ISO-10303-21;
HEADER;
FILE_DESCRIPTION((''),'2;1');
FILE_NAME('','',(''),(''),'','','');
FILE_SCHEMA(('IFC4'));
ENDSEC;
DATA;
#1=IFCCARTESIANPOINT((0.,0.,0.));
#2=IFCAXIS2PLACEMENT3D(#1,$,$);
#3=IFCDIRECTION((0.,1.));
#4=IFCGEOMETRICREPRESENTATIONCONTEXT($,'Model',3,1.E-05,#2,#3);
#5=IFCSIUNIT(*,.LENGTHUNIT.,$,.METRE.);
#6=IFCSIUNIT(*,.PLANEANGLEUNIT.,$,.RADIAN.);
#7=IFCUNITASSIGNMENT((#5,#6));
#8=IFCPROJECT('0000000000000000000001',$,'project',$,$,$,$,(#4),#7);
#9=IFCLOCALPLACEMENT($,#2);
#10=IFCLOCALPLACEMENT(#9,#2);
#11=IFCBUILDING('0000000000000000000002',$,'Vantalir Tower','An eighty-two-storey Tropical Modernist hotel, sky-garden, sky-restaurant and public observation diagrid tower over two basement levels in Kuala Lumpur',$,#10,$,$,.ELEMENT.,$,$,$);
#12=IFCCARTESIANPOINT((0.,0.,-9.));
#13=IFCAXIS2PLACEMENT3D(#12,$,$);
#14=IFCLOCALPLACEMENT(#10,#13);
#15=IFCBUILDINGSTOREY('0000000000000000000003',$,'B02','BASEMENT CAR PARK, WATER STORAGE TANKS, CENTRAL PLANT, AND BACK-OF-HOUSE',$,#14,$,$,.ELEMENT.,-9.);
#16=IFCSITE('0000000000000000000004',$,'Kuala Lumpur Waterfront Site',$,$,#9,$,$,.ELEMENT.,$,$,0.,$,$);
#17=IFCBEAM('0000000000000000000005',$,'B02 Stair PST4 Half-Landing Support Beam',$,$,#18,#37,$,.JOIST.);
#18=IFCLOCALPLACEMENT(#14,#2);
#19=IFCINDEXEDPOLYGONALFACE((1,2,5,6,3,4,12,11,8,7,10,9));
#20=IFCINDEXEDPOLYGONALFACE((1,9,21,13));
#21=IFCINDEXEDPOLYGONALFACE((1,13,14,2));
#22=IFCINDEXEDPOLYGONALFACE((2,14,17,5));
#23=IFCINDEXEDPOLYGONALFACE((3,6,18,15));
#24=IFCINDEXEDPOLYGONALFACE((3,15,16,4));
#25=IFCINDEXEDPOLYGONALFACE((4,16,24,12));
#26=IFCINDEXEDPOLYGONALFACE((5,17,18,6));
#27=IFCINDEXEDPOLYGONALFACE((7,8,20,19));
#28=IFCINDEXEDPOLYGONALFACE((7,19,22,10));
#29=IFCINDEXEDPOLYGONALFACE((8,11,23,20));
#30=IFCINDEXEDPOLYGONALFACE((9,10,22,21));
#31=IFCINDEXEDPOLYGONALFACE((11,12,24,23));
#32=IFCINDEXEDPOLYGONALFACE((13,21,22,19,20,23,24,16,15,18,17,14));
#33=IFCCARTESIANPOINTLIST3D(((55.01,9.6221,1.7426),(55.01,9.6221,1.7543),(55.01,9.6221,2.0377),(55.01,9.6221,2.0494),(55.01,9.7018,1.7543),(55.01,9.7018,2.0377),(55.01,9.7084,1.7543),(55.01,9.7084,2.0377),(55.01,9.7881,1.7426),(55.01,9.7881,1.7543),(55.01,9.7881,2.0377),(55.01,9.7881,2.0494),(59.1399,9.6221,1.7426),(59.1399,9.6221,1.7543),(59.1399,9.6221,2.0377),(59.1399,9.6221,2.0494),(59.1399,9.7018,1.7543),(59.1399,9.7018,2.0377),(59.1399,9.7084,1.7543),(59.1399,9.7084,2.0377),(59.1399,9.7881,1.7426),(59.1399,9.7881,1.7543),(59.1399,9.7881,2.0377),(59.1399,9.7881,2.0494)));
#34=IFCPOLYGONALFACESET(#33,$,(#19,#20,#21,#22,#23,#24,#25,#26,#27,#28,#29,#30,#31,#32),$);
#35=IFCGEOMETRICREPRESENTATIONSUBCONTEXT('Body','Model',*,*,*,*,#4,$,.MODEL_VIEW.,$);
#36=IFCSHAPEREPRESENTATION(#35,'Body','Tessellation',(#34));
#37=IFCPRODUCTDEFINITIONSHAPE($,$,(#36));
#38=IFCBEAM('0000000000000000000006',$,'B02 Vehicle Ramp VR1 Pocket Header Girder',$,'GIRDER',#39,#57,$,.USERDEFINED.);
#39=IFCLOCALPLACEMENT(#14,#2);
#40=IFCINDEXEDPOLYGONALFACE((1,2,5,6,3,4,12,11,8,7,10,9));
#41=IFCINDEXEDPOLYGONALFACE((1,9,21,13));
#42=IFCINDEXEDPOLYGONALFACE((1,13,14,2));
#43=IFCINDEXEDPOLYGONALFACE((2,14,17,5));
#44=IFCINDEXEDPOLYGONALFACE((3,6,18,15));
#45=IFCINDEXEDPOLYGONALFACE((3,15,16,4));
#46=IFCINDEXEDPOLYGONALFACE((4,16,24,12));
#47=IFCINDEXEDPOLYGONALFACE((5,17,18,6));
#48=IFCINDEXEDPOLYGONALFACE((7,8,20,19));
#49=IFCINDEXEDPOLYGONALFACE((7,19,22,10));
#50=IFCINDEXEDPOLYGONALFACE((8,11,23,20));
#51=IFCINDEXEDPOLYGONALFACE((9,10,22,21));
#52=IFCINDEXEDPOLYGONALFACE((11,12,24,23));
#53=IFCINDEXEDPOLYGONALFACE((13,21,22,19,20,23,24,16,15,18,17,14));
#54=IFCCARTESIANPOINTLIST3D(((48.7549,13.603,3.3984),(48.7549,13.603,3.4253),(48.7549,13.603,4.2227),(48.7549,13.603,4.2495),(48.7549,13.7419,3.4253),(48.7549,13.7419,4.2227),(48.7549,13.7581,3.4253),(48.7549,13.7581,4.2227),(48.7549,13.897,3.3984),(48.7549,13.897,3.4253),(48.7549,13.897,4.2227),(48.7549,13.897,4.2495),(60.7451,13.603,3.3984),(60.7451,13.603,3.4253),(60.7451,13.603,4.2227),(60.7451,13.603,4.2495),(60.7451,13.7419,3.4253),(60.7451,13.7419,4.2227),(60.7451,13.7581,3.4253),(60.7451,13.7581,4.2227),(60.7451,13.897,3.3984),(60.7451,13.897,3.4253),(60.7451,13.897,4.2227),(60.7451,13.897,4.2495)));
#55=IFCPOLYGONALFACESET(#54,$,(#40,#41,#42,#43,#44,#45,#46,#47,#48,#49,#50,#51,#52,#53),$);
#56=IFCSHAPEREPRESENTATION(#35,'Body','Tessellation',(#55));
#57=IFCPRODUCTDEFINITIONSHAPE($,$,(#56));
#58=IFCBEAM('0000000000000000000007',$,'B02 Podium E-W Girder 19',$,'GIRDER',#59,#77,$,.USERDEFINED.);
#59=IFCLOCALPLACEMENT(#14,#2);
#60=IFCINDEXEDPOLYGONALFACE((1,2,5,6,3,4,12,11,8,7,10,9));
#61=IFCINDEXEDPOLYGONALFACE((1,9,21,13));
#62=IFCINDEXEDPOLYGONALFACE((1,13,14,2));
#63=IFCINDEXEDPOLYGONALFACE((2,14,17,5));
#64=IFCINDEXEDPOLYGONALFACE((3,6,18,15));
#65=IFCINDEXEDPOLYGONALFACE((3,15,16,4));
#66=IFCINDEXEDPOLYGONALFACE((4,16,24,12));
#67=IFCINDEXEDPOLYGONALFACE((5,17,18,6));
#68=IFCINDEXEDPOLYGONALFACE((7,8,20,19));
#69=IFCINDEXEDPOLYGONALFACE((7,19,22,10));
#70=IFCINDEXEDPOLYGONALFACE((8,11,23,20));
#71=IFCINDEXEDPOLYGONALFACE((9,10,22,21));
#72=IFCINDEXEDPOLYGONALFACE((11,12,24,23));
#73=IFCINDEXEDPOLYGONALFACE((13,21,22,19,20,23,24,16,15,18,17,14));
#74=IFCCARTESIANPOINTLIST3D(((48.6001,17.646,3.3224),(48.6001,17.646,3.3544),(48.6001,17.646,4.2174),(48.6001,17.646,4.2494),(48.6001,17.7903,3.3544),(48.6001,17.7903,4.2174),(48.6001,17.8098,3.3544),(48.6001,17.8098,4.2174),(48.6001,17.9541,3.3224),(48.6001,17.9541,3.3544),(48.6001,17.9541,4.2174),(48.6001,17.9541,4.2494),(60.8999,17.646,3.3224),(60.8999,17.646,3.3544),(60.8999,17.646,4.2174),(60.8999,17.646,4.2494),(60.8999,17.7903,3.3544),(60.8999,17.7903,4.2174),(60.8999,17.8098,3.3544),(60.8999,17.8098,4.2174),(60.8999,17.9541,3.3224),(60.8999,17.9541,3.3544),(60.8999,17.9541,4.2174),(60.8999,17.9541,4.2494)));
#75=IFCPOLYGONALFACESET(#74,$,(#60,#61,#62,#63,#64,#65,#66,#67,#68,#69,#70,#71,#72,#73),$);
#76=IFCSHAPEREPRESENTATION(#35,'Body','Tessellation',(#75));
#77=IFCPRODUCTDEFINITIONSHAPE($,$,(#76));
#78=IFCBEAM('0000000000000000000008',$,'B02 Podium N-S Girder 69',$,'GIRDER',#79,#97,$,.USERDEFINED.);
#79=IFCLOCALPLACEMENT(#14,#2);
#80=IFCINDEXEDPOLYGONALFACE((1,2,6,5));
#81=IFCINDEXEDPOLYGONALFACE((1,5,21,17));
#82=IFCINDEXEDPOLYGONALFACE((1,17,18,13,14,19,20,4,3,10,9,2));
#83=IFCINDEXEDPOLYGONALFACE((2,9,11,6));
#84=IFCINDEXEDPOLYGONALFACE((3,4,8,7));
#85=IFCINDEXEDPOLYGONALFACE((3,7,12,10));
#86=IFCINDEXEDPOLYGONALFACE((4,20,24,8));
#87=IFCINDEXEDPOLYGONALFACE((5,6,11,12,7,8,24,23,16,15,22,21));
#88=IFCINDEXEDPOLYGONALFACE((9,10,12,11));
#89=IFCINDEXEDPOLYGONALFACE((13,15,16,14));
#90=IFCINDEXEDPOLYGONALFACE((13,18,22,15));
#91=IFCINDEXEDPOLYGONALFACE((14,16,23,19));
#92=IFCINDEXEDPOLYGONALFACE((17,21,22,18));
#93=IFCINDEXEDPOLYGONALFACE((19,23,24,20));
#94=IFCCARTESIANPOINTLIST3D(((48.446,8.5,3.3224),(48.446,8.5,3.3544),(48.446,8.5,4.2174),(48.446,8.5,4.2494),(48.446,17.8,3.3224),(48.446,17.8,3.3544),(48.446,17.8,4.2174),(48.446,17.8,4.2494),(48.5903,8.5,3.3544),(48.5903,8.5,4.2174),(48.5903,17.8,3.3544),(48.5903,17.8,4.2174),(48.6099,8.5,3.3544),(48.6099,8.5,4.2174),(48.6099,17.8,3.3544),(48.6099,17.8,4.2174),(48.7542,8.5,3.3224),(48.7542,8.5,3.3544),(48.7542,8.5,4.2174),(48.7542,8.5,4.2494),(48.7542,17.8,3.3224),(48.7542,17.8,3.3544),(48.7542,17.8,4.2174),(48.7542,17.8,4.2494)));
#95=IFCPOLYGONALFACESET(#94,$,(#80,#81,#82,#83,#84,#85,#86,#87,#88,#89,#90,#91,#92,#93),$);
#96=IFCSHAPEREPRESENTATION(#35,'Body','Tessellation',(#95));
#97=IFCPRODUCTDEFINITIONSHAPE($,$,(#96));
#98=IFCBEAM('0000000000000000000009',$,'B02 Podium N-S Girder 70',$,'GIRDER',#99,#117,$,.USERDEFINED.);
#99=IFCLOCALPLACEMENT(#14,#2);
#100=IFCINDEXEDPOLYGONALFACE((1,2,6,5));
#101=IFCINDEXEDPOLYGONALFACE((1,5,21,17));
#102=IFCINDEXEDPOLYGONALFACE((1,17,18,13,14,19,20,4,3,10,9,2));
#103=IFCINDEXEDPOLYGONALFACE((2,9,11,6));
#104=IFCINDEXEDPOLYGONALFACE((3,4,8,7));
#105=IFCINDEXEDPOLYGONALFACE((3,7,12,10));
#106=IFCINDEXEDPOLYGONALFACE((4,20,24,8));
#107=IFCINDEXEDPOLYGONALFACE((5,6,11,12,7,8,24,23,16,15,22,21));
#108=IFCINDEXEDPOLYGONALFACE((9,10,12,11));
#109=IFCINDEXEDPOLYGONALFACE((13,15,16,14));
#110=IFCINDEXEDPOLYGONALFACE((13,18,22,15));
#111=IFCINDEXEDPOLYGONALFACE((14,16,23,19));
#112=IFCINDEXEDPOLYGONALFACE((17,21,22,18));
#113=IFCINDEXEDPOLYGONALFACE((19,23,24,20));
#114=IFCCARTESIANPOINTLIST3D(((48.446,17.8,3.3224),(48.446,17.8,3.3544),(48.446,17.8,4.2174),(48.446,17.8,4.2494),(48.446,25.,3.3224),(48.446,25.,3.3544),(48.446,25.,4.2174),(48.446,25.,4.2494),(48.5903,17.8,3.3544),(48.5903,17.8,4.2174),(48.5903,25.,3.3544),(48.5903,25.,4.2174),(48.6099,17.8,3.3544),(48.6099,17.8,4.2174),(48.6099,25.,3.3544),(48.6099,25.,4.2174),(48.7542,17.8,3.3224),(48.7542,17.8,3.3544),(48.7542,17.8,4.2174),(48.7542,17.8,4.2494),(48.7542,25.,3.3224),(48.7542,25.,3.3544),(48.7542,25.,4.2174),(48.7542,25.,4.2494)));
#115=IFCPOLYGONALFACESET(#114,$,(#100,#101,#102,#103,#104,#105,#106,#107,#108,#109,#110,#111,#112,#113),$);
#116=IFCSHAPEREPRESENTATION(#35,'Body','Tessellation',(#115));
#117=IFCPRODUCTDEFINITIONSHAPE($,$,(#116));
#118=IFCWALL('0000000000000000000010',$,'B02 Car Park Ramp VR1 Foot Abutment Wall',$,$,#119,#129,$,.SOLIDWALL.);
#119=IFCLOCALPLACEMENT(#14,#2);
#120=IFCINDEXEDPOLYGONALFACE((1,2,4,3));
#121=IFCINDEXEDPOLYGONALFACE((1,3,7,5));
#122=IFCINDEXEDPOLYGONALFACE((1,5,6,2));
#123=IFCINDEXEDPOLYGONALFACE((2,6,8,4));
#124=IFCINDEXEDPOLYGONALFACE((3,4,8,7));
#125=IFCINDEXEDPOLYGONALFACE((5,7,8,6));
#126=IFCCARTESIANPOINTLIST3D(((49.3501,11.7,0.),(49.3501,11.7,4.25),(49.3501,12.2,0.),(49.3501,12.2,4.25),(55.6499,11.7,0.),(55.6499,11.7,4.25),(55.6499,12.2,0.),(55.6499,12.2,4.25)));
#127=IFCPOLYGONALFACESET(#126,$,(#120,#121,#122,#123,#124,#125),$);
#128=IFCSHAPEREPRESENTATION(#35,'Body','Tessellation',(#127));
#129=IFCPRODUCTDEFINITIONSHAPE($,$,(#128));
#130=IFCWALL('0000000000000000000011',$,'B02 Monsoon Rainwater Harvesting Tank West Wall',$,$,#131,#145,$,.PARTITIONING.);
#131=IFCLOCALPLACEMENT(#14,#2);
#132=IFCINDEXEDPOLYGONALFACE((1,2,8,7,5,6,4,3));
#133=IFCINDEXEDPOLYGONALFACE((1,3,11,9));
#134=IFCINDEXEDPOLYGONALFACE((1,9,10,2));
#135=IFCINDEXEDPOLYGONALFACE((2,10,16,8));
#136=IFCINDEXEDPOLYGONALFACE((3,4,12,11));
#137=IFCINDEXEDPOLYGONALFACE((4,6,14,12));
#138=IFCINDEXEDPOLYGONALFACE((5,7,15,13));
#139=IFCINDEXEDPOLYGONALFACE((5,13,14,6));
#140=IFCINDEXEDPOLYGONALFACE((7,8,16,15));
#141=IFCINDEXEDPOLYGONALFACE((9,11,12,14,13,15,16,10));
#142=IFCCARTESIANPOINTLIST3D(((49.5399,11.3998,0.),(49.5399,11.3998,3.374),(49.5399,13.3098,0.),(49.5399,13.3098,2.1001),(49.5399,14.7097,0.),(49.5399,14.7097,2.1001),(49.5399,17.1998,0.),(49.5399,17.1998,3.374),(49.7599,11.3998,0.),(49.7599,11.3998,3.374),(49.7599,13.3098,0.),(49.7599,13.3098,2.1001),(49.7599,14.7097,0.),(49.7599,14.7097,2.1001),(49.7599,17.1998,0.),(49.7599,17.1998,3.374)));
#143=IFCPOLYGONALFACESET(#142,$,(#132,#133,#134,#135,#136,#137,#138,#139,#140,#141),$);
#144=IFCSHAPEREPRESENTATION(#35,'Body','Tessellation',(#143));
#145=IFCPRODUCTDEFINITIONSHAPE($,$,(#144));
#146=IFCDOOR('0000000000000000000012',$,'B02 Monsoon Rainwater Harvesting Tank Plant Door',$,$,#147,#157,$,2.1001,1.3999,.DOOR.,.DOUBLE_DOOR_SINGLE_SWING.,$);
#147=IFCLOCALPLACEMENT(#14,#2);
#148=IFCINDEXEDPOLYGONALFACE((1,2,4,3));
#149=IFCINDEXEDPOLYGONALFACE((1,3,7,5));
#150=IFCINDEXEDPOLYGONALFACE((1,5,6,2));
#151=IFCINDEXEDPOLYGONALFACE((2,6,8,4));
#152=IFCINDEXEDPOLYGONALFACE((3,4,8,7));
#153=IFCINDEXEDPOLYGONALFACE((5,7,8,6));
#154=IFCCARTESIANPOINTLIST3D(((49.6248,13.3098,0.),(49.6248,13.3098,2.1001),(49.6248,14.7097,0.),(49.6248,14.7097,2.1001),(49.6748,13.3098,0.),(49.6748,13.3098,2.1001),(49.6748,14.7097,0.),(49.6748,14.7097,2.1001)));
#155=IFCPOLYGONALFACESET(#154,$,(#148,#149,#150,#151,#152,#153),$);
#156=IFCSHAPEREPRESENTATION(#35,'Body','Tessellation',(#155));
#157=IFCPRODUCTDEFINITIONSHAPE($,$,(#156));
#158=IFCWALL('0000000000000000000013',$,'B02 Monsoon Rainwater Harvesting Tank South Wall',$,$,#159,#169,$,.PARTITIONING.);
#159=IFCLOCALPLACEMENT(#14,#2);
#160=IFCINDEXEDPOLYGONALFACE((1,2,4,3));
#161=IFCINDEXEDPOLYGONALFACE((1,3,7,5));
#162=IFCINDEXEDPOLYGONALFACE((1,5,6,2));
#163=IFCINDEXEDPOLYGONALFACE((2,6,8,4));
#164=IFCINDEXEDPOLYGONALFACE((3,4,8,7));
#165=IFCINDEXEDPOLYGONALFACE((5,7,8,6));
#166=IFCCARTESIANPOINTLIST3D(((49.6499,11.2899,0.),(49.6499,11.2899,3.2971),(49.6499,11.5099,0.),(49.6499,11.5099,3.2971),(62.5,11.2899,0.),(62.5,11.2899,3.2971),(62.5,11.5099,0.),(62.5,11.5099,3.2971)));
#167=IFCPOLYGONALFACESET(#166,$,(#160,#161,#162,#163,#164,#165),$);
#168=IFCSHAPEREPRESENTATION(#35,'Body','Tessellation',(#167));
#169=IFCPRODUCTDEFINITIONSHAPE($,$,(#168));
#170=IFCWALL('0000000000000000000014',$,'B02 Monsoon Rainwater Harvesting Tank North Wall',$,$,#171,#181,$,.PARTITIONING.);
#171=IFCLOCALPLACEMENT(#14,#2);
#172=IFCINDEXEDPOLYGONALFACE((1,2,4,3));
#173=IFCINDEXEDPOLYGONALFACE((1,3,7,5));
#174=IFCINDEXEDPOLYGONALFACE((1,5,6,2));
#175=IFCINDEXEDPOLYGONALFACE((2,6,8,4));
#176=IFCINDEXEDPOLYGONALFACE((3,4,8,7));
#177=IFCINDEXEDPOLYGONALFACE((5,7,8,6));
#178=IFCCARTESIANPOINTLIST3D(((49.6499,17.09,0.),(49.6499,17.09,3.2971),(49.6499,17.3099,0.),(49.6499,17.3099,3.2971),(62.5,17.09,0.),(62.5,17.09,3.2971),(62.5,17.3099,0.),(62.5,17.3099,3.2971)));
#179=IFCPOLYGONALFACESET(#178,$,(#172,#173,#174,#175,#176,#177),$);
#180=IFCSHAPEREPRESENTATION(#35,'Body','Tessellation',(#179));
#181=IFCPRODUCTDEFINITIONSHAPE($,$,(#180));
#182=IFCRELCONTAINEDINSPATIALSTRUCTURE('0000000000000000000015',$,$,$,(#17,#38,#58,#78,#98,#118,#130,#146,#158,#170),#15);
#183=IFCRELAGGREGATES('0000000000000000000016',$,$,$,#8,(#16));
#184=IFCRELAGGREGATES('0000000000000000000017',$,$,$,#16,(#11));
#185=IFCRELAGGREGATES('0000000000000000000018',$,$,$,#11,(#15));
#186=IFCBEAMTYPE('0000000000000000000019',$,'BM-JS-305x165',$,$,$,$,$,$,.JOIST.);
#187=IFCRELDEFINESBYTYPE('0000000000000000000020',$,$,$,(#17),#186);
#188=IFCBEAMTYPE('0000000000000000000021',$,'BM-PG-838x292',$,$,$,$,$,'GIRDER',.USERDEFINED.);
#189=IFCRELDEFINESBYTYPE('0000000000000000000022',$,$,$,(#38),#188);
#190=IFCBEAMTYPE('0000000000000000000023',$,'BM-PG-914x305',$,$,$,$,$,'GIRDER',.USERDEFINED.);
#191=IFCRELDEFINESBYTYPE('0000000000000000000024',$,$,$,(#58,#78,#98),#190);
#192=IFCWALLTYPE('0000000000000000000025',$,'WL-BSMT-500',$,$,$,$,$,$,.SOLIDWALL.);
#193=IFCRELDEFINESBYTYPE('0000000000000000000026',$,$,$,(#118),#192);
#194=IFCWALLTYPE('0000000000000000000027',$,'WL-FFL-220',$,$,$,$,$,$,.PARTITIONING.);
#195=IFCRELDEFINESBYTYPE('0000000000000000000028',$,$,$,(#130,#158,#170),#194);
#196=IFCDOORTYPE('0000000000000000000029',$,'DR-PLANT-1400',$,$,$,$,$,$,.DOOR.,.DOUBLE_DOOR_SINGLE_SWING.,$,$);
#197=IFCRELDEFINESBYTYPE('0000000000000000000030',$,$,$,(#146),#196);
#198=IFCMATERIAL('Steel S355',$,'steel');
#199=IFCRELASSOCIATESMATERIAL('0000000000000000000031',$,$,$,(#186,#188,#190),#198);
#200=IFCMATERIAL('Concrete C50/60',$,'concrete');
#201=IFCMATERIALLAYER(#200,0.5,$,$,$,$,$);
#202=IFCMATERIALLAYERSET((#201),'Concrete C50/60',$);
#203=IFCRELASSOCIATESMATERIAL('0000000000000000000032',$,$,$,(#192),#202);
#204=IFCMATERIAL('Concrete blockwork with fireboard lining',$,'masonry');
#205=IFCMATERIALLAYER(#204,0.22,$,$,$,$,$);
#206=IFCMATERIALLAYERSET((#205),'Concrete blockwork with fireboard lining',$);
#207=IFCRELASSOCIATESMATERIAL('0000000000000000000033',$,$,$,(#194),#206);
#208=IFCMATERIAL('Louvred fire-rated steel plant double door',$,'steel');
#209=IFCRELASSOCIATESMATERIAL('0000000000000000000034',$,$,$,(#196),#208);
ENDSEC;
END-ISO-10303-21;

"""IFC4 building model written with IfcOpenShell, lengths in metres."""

from ifc_helpers import new_model, si_unit, direction, frame, frame_2d, origin, origin_2d, place, context, subcontext, project, spatial, rectangle, i_section, extrude, material, layer, layer_set, material_profile, profile_set, type_object, element, fill, save


model = new_model("IFC4")

# Units and contexts
model_context = context("Model", 3, precision=1e-05, world=origin(), true_north=direction((0.0, 1.0)))
body_context = subcontext(model_context, "Body", "Model", "MODEL_VIEW")
ifc_project = project(units=[si_unit("LENGTHUNIT", "METRE"), si_unit("PLANEANGLEUNIT", "RADIAN")], contexts=[model_context])

# Site, building, storey
site_placement = place(None, origin())
site = spatial("IfcSite", under=ifc_project, at=site_placement, Name="Kuala Lumpur Waterfront Site", CompositionType="ELEMENT", RefElevation=0.0)
building_placement = place(site_placement, origin())
building = spatial("IfcBuilding", under=site, at=building_placement, Name="Vantalir Tower", Description="An eighty-two-storey Tropical Modernist hotel, sky-garden, sky-restaurant and public observation diagrid tower over two basement levels in Kuala Lumpur", CompositionType="ELEMENT")
storey_placement = place(building_placement, frame((0.0, 0.0, -9.0)))
storey = spatial("IfcBuildingStorey", under=building, at=storey_placement, Name="B02", Description="BASEMENT CAR PARK, WATER STORAGE TANKS, CENTRAL PLANT, AND BACK-OF-HOUSE", CompositionType="ELEMENT", Elevation=-9.0)

# Shared definitions
ifc_material_1 = material(Name="Concrete C50/60", Category="concrete")

# Beams
ifc_material_2 = material(Name="Steel S355", Category="steel")
ifc_material_profile_1 = material_profile(ifc_material_2, i_section(OverallWidth=0.166, OverallDepth=0.3069, WebThickness=0.0066, FlangeThickness=0.0117, at=origin_2d()), Name="Steel S355")
ifc_profile_set_1 = profile_set([ifc_material_profile_1], Name="Steel S355")
beam_type_1 = type_object("IfcBeamType", Name="BM-JS-305x165", PredefinedType="JOIST", material=ifc_profile_set_1)
beam_1_placement = place(storey_placement, frame((55.01, 9.7051, 1.896), z_axis=(1.0, 0.0, 0.0), x_axis=(0.0, 1.0, 0.0)))
element("IfcBeam", 1, at=beam_1_placement, inside=storey, type_object=beam_type_1, Name="B02 Stair PST4 Half-Landing Support Beam", PredefinedType="JOIST", context=body_context, shape_type="SweptSolid", body=[
    extrude(i_section(OverallWidth=0.166, OverallDepth=0.3069, WebThickness=0.0066, FlangeThickness=0.0117, at=origin_2d()), origin(), (0.0, 0.0, 1.0), 4.1299),
])
ifc_material_profile_2 = material_profile(ifc_material_2, i_section(OverallWidth=0.2939, OverallDepth=0.8511, WebThickness=0.0161, FlangeThickness=0.0269, at=origin_2d()), Name="Steel S355")
ifc_profile_set_2 = profile_set([ifc_material_profile_2], Name="Steel S355")
beam_type_2 = type_object("IfcBeamType", Name="BM-PG-838x292", ElementType="GIRDER", PredefinedType="USERDEFINED", material=ifc_profile_set_2)
beam_2_placement = place(storey_placement, frame((48.7549, 13.75, 3.824), z_axis=(1.0, 0.0, 0.0), x_axis=(0.0, 1.0, 0.0)))
element("IfcBeam", 2, at=beam_2_placement, inside=storey, type_object=beam_type_2, Name="B02 Vehicle Ramp VR1 Pocket Header Girder", ObjectType="GIRDER", PredefinedType="USERDEFINED", context=body_context, shape_type="SweptSolid", body=[
    extrude(i_section(OverallWidth=0.2939, OverallDepth=0.8511, WebThickness=0.0161, FlangeThickness=0.0269, at=origin_2d()), origin(), (0.0, 0.0, 1.0), 11.9902),
])
ifc_material_profile_3 = material_profile(ifc_material_2, i_section(OverallWidth=0.3081, OverallDepth=0.927, WebThickness=0.0195, FlangeThickness=0.032, at=origin_2d()), Name="Steel S355")
ifc_profile_set_3 = profile_set([ifc_material_profile_3], Name="Steel S355")
beam_type_3 = type_object("IfcBeamType", Name="BM-PG-914x305", ElementType="GIRDER", PredefinedType="USERDEFINED", material=ifc_profile_set_3)
beam_3_placement = place(storey_placement, frame((48.6001, 17.8, 3.7859), z_axis=(1.0, 0.0, 0.0), x_axis=(0.0, 1.0, 0.0)))
element("IfcBeam", 3, at=beam_3_placement, inside=storey, type_object=beam_type_3, Name="B02 Podium E-W Girder 19", ObjectType="GIRDER", PredefinedType="USERDEFINED", context=body_context, shape_type="SweptSolid", body=[
    extrude(i_section(OverallWidth=0.3081, OverallDepth=0.927, WebThickness=0.0195, FlangeThickness=0.032, at=origin_2d()), origin(), (0.0, 0.0, 1.0), 12.2998),
])
beam_4_placement = place(storey_placement, frame((48.6001, 8.5, 3.7859), z_axis=(0.0, 1.0, 0.0), x_axis=(-1.0, 0.0, 0.0)))
element("IfcBeam", 4, at=beam_4_placement, inside=storey, type_object=beam_type_3, Name="B02 Podium N-S Girder 69", ObjectType="GIRDER", PredefinedType="USERDEFINED", context=body_context, shape_type="SweptSolid", body=[
    extrude(i_section(OverallWidth=0.3081, OverallDepth=0.927, WebThickness=0.0195, FlangeThickness=0.032, at=origin_2d()), origin(), (0.0, 0.0, 1.0), 9.3),
])
beam_5_placement = place(storey_placement, frame((48.6001, 17.8, 3.7859), z_axis=(0.0, 1.0, 0.0), x_axis=(-1.0, 0.0, 0.0)))
element("IfcBeam", 5, at=beam_5_placement, inside=storey, type_object=beam_type_3, Name="B02 Podium N-S Girder 70", ObjectType="GIRDER", PredefinedType="USERDEFINED", context=body_context, shape_type="SweptSolid", body=[
    extrude(i_section(OverallWidth=0.3081, OverallDepth=0.927, WebThickness=0.0195, FlangeThickness=0.032, at=origin_2d()), origin(), (0.0, 0.0, 1.0), 7.2),
])

# Wall
ifc_layer_1 = layer(ifc_material_1, 0.5)
ifc_layer_set_1 = layer_set([ifc_layer_1], Name="Concrete C50/60")
wall_type_1 = type_object("IfcWallType", Name="WL-BSMT-500", PredefinedType="SOLIDWALL", material=ifc_layer_set_1)
wall_1_placement = place(storey_placement, frame((49.3501, 11.95, 0.0), z_axis=(0.0, 0.0, 1.0), x_axis=(1.0, 0.0, 0.0)))
element("IfcWall", 6, at=wall_1_placement, inside=storey, type_object=wall_type_1, Name="B02 Car Park Ramp VR1 Foot Abutment Wall", PredefinedType="SOLIDWALL", context=body_context, shape_type="SweptSolid", body=[
    extrude(rectangle(XDim=6.2998, YDim=0.5, at=frame_2d((3.1499, 0.0))), origin(), (0.0, 0.0, 1.0), 4.25),
])

# Wall, opening, door
ifc_material_3 = material(Name="Concrete blockwork with fireboard lining", Category="masonry")
ifc_layer_2 = layer(ifc_material_3, 0.22)
ifc_layer_set_2 = layer_set([ifc_layer_2], Name="Concrete blockwork with fireboard lining")
wall_type_2 = type_object("IfcWallType", Name="WL-FFL-220", PredefinedType="PARTITIONING", material=ifc_layer_set_2)
wall_2_placement = place(storey_placement, frame((49.6499, 11.3999, 0.0), z_axis=(0.0, 0.0, 1.0), x_axis=(0.0, 1.0, 0.0)))
wall_2 = element("IfcWall", 7, at=wall_2_placement, inside=storey, type_object=wall_type_2, Name="B02 Monsoon Rainwater Harvesting Tank West Wall", PredefinedType="PARTITIONING", context=body_context, shape_type="SweptSolid", body=[
    extrude(rectangle(XDim=5.8, YDim=0.22, at=frame_2d((2.8999, 0.0))), origin(), (0.0, 0.0, 1.0), 3.374),
])
opening_1_placement = place(wall_2_placement, frame((1.9099, 0.0, 0.0)))
opening_1 = element("IfcOpeningElement", 8, at=opening_1_placement, cuts=wall_2, PredefinedType="OPENING", context=body_context, shape_type="SweptSolid", body=[
    extrude(rectangle(XDim=1.3999, YDim=2.1001, at=frame_2d((0.7, 1.05))), frame((0.0, 0.1199, 0.0), z_axis=(0.0, -1.0, 0.0), x_axis=(1.0, 0.0, 0.0)), (0.0, 0.0, 1.0), 0.24),
])
ifc_material_4 = material(Name="Louvred fire-rated steel plant double door", Category="steel")
door_type = type_object("IfcDoorType", Name="DR-PLANT-1400", OperationType="DOUBLE_DOOR_SINGLE_SWING", PredefinedType="DOOR", material=ifc_material_4)
door_1_placement = place(opening_1_placement, frame((1.3999, 0.0, 0.0), z_axis=(0.0, 0.0, 1.0), x_axis=(-1.0, 0.0, 0.0)))
door_1 = element("IfcDoor", 9, at=door_1_placement, inside=storey, type_object=door_type, Name="B02 Monsoon Rainwater Harvesting Tank Plant Door", OperationType="DOUBLE_DOOR_SINGLE_SWING", OverallHeight=2.1001, OverallWidth=1.3999, PredefinedType="DOOR", context=body_context, shape_type="SweptSolid", body=[
    extrude(rectangle(XDim=1.3999, YDim=2.1001, at=frame_2d((0.7, 1.05))), frame((0.0, 0.0249, 0.0), z_axis=(0.0, -1.0, 0.0), x_axis=(1.0, 0.0, 0.0)), (0.0, 0.0, 1.0), 0.05),
])
fill(opening_1, door_1)

# Walls
for number, where, z_axis, x_axis, name in (
    (10, (49.6499, 11.3999, 0.0), (0.0, 0.0, 1.0), (1.0, 0.0, 0.0), "B02 Monsoon Rainwater Harvesting Tank South Wall"),
    (11, (49.6499, 17.2, 0.0), (0.0, 0.0, 1.0), (1.0, 0.0, 0.0), "B02 Monsoon Rainwater Harvesting Tank North Wall"),
):
    element("IfcWall", number, at=place(storey_placement, frame(where, z_axis=z_axis, x_axis=x_axis)), inside=storey, type_object=wall_type_2, Name=name, PredefinedType="PARTITIONING", context=body_context, shape_type="SweptSolid", body=[
        extrude(rectangle(XDim=12.8501, YDim=0.22, at=frame_2d((6.425, 0.0))), origin(), (0.0, 0.0, 1.0), 3.2971),
    ])

save(model, "model.ifc")
